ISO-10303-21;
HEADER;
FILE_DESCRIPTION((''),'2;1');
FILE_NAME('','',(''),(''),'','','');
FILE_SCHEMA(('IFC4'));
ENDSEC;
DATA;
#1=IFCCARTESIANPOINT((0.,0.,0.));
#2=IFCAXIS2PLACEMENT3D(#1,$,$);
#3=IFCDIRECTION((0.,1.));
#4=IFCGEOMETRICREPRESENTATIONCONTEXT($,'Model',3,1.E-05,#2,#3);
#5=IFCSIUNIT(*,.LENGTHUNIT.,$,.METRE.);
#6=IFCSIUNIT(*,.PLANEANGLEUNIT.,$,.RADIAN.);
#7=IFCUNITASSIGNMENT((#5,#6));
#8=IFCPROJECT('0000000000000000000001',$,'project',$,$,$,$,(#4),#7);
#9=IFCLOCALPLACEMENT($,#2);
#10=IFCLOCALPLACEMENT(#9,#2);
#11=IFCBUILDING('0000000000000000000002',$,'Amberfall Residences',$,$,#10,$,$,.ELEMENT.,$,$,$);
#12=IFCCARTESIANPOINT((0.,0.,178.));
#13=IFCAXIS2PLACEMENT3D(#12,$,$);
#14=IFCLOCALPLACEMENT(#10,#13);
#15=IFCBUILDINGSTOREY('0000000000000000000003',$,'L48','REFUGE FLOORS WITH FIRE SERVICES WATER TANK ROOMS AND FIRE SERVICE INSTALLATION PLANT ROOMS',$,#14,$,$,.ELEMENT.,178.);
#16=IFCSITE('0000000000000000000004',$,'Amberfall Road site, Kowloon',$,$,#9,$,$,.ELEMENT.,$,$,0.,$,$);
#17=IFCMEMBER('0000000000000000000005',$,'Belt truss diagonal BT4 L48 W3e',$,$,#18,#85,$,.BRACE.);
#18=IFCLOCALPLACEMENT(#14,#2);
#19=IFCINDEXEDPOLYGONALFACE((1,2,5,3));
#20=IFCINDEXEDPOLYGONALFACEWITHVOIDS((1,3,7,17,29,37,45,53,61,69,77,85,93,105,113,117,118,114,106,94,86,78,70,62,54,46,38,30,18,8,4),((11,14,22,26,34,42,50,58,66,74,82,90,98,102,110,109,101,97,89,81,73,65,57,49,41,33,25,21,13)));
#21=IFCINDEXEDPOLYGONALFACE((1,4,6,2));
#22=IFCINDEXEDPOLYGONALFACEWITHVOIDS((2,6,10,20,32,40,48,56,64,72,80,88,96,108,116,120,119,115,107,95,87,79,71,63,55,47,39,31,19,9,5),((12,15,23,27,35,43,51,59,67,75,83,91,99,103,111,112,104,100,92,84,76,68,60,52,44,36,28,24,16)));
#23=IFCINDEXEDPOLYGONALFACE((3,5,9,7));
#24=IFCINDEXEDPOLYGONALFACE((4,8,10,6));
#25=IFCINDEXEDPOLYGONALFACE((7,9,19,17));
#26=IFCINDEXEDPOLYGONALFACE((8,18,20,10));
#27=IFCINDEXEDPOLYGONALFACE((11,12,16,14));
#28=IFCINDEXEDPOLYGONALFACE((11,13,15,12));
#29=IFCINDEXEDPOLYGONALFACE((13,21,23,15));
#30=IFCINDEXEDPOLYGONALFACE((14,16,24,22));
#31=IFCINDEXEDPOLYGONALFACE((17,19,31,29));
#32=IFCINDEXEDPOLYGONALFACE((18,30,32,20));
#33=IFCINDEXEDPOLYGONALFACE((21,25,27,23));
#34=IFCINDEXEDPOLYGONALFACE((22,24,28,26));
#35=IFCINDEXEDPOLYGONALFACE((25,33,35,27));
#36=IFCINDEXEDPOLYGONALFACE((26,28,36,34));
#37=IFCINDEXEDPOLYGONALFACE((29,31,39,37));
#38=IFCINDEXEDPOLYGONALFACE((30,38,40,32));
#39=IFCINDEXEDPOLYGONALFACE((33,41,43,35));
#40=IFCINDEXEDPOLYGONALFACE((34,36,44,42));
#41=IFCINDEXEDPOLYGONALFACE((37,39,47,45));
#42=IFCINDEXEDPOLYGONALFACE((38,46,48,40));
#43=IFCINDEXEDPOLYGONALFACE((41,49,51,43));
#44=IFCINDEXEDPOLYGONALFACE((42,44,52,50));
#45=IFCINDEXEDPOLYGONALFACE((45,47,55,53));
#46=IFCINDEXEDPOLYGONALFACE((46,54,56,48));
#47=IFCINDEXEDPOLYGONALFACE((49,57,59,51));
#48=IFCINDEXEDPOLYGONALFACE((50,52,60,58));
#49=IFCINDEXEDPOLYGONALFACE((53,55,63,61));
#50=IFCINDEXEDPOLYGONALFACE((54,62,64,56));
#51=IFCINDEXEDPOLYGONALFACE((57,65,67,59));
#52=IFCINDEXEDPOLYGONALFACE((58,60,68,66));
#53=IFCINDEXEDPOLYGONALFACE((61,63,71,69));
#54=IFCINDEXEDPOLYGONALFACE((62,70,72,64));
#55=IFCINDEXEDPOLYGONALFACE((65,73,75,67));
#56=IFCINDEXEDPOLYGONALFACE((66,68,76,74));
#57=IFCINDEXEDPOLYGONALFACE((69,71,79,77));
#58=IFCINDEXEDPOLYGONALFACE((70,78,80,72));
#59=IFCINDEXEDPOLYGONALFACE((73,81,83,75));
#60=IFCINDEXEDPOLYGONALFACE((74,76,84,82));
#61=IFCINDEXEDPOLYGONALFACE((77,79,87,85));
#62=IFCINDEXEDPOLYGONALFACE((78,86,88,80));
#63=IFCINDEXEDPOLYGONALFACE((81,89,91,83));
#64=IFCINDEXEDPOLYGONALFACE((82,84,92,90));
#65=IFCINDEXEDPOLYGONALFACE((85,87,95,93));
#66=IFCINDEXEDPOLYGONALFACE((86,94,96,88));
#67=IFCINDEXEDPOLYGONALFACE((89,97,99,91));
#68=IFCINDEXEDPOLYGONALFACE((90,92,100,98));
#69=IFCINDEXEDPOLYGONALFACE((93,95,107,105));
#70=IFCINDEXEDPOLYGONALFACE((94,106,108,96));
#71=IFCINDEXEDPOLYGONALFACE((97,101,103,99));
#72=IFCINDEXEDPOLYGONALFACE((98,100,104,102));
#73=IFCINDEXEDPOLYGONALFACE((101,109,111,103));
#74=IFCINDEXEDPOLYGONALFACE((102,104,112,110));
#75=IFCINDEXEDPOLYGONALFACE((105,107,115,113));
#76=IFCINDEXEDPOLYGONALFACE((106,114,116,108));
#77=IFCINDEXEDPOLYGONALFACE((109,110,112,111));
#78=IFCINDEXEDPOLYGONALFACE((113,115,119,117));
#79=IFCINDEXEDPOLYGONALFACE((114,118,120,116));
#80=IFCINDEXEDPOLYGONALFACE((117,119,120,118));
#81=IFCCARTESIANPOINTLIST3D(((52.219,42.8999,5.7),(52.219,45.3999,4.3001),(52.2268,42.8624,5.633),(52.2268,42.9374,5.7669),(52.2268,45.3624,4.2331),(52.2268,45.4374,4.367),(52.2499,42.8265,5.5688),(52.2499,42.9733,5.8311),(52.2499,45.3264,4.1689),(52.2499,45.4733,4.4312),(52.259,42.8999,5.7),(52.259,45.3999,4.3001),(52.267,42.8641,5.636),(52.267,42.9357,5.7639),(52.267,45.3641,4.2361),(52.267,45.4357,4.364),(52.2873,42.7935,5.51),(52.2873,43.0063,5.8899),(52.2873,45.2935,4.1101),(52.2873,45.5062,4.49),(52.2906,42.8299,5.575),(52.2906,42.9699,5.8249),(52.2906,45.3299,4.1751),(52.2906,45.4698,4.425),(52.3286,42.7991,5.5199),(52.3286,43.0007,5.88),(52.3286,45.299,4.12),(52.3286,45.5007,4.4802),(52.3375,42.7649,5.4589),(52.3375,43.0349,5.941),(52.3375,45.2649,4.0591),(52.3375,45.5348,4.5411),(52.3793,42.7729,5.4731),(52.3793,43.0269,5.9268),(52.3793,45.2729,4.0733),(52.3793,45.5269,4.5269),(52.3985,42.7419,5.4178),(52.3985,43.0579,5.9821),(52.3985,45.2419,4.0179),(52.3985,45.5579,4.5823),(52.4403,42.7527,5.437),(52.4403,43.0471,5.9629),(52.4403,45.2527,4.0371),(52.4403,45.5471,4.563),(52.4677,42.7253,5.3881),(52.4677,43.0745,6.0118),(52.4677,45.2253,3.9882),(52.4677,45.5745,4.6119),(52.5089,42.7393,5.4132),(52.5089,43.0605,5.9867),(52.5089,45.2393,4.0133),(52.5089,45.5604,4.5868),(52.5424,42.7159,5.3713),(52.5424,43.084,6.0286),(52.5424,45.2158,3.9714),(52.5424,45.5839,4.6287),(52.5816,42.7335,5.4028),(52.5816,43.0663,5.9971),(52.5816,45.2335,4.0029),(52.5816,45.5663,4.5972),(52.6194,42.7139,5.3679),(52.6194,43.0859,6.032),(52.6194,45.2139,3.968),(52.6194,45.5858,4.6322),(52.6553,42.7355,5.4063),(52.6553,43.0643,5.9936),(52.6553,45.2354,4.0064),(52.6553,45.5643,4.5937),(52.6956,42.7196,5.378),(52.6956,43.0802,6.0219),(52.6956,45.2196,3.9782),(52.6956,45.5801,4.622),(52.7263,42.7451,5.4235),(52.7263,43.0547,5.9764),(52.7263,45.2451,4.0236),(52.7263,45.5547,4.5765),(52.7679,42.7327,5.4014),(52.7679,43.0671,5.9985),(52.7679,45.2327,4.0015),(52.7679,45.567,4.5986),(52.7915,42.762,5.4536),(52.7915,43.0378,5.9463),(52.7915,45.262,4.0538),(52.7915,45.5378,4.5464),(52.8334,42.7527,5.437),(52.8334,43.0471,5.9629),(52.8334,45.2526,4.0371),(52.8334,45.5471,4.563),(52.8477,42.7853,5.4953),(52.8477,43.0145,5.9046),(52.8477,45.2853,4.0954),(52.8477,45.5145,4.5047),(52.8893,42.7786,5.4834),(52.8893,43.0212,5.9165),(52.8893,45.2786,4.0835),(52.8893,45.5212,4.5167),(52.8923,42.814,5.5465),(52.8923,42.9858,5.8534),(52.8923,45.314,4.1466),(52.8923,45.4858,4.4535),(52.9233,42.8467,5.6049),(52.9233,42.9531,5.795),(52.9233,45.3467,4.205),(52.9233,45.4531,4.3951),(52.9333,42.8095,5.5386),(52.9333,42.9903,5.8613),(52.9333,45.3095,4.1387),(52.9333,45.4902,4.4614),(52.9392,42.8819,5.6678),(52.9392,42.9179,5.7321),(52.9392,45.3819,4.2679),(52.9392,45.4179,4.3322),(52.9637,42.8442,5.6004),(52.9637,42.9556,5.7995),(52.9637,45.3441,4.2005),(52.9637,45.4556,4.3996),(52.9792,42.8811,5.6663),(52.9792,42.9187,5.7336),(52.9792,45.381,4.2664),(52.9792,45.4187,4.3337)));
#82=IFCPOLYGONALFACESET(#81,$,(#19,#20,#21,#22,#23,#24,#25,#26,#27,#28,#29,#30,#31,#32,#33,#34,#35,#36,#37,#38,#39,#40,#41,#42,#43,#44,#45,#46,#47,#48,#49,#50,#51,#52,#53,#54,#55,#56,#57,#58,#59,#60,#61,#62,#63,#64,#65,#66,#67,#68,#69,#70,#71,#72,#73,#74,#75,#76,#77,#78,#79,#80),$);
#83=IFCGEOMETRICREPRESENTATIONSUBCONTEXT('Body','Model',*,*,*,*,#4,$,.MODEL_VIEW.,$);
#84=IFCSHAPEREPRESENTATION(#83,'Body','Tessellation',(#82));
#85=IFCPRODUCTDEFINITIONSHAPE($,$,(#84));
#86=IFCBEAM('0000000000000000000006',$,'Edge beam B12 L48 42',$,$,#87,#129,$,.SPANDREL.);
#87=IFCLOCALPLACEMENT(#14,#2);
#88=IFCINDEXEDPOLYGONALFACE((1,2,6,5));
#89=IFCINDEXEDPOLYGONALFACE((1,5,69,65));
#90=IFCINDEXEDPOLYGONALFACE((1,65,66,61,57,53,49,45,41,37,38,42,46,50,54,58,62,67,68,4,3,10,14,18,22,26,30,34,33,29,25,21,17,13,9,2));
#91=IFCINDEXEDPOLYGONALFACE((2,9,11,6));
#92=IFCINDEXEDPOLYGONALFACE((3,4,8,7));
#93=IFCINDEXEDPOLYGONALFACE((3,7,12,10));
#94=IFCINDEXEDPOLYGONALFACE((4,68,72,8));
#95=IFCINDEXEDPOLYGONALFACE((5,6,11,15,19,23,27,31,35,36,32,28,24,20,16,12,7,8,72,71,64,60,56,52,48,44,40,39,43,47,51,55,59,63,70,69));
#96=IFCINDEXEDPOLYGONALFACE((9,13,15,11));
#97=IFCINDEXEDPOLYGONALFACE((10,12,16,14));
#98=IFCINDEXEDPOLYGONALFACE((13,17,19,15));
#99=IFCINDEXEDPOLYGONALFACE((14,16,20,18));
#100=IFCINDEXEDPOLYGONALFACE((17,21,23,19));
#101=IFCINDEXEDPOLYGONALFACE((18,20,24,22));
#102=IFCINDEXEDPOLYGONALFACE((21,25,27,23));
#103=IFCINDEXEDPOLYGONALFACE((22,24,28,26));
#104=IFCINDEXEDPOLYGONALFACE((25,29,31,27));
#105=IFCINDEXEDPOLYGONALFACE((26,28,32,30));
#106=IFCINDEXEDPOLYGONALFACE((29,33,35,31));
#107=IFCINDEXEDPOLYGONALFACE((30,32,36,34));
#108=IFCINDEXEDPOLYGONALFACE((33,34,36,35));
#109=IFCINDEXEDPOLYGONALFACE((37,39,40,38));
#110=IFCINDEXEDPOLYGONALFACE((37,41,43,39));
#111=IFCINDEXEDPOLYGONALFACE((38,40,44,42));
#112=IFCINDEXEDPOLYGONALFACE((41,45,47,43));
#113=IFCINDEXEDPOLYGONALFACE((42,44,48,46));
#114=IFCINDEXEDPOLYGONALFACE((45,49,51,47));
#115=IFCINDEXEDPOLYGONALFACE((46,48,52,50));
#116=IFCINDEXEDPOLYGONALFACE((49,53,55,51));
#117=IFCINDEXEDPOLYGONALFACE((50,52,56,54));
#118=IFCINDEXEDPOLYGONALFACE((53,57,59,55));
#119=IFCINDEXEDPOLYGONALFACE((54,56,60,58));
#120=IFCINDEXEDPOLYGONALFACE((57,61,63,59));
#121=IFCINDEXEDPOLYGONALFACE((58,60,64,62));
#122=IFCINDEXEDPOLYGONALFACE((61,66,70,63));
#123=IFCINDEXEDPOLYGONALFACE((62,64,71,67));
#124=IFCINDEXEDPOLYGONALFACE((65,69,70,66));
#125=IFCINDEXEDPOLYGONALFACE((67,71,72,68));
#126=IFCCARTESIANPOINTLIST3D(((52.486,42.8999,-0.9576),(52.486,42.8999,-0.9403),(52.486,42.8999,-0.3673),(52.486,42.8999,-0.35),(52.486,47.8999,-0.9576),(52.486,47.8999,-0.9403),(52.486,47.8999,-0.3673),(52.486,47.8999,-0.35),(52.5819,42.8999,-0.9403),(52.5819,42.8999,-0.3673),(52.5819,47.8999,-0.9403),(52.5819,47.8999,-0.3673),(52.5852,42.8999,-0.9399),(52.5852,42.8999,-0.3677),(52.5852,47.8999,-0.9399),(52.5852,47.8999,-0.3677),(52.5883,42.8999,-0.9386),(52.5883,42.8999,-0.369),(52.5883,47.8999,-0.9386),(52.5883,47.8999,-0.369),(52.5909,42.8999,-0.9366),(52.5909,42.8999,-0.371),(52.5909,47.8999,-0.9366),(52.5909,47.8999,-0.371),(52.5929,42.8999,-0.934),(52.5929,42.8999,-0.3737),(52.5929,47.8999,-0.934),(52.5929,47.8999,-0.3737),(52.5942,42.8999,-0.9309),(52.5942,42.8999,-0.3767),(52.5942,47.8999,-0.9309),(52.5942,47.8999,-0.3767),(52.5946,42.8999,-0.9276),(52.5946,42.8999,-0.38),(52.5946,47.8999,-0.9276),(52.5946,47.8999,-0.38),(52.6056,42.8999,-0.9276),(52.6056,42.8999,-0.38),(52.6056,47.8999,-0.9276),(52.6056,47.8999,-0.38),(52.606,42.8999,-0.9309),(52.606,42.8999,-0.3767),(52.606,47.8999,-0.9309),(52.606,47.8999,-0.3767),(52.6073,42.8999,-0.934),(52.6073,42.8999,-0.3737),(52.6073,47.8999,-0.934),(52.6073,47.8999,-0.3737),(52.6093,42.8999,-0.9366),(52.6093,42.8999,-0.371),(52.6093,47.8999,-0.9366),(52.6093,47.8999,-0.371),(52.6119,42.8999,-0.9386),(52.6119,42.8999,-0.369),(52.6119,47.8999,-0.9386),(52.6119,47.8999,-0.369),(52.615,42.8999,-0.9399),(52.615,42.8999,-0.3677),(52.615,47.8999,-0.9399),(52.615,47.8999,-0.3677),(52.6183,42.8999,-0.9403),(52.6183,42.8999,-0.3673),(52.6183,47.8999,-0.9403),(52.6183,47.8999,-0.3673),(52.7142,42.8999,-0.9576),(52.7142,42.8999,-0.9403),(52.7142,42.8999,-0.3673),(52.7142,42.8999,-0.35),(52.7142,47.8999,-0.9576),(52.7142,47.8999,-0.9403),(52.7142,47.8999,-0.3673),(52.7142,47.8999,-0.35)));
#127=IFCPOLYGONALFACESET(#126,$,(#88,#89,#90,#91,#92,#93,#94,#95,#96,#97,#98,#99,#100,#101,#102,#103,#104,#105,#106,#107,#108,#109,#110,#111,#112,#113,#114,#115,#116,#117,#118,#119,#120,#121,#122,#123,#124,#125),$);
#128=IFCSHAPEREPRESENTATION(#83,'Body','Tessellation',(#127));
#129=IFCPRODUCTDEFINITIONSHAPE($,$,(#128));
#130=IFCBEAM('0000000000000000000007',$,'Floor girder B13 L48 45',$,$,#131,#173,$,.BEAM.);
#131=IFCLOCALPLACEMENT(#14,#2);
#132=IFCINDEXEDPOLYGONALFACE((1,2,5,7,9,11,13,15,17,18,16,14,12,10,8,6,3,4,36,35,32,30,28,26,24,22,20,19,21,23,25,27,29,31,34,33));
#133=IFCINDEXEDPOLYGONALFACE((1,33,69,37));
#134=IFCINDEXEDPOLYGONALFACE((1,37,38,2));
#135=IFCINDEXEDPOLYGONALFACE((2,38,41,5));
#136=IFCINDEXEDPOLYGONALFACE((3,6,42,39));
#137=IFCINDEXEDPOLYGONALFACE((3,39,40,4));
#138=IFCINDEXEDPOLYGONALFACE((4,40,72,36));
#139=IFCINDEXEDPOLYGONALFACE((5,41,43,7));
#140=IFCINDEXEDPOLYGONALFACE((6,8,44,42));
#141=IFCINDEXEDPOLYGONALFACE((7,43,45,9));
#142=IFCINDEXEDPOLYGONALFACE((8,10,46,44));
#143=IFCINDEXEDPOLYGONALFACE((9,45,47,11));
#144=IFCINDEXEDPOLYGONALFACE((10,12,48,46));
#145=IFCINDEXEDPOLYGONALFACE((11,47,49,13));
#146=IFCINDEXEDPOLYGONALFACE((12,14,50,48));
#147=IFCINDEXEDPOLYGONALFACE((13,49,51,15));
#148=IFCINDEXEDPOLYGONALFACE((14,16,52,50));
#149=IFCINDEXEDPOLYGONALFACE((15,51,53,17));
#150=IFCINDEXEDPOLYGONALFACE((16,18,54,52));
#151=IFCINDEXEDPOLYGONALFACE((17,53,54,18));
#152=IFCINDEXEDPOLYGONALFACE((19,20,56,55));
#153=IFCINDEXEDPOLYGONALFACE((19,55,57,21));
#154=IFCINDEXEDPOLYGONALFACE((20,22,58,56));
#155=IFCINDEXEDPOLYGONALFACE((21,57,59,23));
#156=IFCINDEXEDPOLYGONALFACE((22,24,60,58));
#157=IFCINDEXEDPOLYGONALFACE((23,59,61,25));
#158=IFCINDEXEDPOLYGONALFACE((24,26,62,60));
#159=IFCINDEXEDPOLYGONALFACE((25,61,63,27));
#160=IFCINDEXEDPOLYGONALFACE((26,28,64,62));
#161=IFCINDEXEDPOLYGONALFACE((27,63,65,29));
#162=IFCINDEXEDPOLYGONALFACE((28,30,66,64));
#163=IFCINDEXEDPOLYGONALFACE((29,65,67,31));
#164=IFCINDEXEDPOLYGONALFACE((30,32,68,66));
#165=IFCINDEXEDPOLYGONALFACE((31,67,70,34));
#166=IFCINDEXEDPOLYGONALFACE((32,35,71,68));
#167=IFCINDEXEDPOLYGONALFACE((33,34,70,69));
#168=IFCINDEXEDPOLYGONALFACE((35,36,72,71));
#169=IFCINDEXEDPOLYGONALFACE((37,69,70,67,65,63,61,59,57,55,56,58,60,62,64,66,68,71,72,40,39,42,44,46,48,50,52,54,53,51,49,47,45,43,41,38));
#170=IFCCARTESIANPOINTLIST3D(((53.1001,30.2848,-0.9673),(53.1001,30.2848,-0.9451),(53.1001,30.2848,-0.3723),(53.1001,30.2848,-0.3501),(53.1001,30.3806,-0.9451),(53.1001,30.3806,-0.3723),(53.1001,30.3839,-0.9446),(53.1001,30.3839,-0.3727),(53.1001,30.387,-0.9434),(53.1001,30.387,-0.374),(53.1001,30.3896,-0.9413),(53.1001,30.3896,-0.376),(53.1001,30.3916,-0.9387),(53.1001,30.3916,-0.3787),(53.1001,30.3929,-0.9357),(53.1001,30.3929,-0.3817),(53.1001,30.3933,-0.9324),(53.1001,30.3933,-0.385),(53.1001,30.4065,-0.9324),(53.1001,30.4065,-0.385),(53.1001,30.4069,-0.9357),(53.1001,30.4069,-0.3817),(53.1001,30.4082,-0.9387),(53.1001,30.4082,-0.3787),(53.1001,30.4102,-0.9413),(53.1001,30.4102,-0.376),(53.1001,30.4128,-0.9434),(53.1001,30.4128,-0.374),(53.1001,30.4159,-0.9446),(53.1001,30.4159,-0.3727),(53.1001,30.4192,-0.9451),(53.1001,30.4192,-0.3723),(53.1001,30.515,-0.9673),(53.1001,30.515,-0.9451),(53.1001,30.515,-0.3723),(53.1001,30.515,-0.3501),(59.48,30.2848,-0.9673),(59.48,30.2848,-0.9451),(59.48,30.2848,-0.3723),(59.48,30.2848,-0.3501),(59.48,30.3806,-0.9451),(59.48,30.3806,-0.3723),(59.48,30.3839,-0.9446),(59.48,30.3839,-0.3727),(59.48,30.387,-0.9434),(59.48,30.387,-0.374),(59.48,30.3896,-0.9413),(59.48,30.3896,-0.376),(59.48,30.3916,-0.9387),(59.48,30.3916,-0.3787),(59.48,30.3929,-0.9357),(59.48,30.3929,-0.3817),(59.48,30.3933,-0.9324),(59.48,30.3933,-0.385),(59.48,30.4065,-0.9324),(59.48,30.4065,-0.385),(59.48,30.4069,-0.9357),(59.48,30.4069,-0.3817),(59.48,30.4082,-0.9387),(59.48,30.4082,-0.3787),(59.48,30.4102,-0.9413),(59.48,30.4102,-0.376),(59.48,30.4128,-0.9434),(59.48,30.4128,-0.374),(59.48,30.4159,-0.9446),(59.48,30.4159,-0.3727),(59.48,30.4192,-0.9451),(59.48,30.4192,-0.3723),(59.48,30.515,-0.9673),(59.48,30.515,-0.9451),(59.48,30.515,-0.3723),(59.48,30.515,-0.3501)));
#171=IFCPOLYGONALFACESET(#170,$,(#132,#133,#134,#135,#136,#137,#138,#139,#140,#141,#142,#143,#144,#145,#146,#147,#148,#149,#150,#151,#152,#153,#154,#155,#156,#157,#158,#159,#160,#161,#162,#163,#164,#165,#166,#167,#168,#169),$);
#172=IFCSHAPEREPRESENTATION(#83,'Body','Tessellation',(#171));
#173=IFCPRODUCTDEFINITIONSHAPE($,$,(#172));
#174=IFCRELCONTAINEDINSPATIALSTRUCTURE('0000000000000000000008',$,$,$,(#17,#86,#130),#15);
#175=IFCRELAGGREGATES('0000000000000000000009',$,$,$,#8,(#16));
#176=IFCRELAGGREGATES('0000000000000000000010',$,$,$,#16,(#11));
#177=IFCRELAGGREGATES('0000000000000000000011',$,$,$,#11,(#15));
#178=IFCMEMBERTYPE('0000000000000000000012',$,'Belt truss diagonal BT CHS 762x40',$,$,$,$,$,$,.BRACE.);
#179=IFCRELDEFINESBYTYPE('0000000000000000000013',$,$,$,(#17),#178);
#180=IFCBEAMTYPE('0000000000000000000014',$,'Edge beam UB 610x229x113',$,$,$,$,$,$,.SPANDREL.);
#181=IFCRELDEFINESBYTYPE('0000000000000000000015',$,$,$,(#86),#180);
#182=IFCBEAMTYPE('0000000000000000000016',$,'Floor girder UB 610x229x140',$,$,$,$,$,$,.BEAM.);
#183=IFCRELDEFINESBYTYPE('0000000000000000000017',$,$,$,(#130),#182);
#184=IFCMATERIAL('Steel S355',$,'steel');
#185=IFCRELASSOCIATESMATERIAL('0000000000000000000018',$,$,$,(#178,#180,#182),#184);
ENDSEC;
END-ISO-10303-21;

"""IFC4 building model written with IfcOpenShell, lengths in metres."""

from ifc_helpers import new_model, si_unit, direction, frame, origin, origin_2d, place, context, subcontext, project, spatial, hollow_circle, i_section, extrude, material, material_profile, profile_set, type_object, element, save


model = new_model("IFC4")

# Units and contexts
model_context = context("Model", 3, precision=1e-05, world=origin(), true_north=direction((0.0, 1.0)))
body_context = subcontext(model_context, "Body", "Model", "MODEL_VIEW")
ifc_project = project(units=[si_unit("LENGTHUNIT", "METRE"), si_unit("PLANEANGLEUNIT", "RADIAN")], contexts=[model_context])

# Site, building, storey
site_placement = place(None, origin())
site = spatial("IfcSite", under=ifc_project, at=site_placement, Name="Amberfall Road site, Kowloon", CompositionType="ELEMENT", RefElevation=0.0)
building_placement = place(site_placement, origin())
building = spatial("IfcBuilding", under=site, at=building_placement, Name="Amberfall Residences", CompositionType="ELEMENT")
storey_placement = place(building_placement, frame((0.0, 0.0, 178.0)))
storey = spatial("IfcBuildingStorey", under=building, at=storey_placement, Name="L48", Description="REFUGE FLOORS WITH FIRE SERVICES WATER TANK ROOMS AND FIRE SERVICE INSTALLATION PLANT ROOMS", CompositionType="ELEMENT", Elevation=178.0)

# Shared definitions
ifc_material_1 = material(Name="Steel S355", Category="steel")

# Member
ifc_material_profile_1 = material_profile(ifc_material_1, hollow_circle(Radius=0.3811, WallThickness=0.04, at=origin_2d()), Name="CHS 762x40")
ifc_profile_set_1 = profile_set([ifc_material_profile_1], Name="Steel S355")
member_type_1 = type_object("IfcMemberType", Name="Belt truss diagonal BT CHS 762x40", PredefinedType="BRACE", material=ifc_profile_set_1)
member_1_placement = place(storey_placement, frame((52.6001, 42.8999, 5.7), z_axis=(0.0, 0.872521, -0.488577), x_axis=(-1.0, 0.0, 0.0)))
element("IfcMember", 1, at=member_1_placement, inside=storey, type_object=member_type_1, Name="Belt truss diagonal BT4 L48 W3e", PredefinedType="BRACE", context=body_context, shape_type="SweptSolid", body=[
    extrude(hollow_circle(Radius=0.3811, WallThickness=0.04, at=origin_2d()), origin(), (0.0, 0.0, 1.0), 2.8652),
])

# Beams
ifc_material_profile_2 = material_profile(ifc_material_1, i_section(OverallWidth=0.2283, OverallDepth=0.6077, WebThickness=0.011, FlangeThickness=0.0173, FilletRadius=0.0127, at=origin_2d()), Name="UB 610x229x113")
ifc_profile_set_2 = profile_set([ifc_material_profile_2], Name="Steel S355")
beam_type_1 = type_object("IfcBeamType", Name="Edge beam UB 610x229x113", PredefinedType="SPANDREL", material=ifc_profile_set_2)
beam_1_placement = place(storey_placement, frame((52.6001, 42.8999, -0.6538), z_axis=(0.0, 1.0, 0.0), x_axis=(-1.0, 0.0, 0.0)))
element("IfcBeam", 2, at=beam_1_placement, inside=storey, type_object=beam_type_1, Name="Edge beam B12 L48 42", PredefinedType="SPANDREL", context=body_context, shape_type="SweptSolid", body=[
    extrude(i_section(OverallWidth=0.2283, OverallDepth=0.6077, WebThickness=0.011, FlangeThickness=0.0173, FilletRadius=0.0127, at=origin_2d()), origin(), (0.0, 0.0, 1.0), 5.0),
])
ifc_material_profile_3 = material_profile(ifc_material_1, i_section(OverallWidth=0.2302, OverallDepth=0.6172, WebThickness=0.0132, FlangeThickness=0.0222, FilletRadius=0.0127, at=origin_2d()), Name="UB 610x229x140")
ifc_profile_set_3 = profile_set([ifc_material_profile_3], Name="Steel S355")
beam_type_2 = type_object("IfcBeamType", Name="Floor girder UB 610x229x140", PredefinedType="BEAM", material=ifc_profile_set_3)
beam_2_placement = place(storey_placement, frame((53.1001, 30.3999, -0.6587), z_axis=(1.0, 0.0, 0.0), x_axis=(0.0, 1.0, 0.0)))
element("IfcBeam", 3, at=beam_2_placement, inside=storey, type_object=beam_type_2, Name="Floor girder B13 L48 45", PredefinedType="BEAM", context=body_context, shape_type="SweptSolid", body=[
    extrude(i_section(OverallWidth=0.2302, OverallDepth=0.6172, WebThickness=0.0132, FlangeThickness=0.0222, FilletRadius=0.0127, at=origin_2d()), origin(), (0.0, 0.0, 1.0), 6.3799),
])

save(model, "model.ifc")
